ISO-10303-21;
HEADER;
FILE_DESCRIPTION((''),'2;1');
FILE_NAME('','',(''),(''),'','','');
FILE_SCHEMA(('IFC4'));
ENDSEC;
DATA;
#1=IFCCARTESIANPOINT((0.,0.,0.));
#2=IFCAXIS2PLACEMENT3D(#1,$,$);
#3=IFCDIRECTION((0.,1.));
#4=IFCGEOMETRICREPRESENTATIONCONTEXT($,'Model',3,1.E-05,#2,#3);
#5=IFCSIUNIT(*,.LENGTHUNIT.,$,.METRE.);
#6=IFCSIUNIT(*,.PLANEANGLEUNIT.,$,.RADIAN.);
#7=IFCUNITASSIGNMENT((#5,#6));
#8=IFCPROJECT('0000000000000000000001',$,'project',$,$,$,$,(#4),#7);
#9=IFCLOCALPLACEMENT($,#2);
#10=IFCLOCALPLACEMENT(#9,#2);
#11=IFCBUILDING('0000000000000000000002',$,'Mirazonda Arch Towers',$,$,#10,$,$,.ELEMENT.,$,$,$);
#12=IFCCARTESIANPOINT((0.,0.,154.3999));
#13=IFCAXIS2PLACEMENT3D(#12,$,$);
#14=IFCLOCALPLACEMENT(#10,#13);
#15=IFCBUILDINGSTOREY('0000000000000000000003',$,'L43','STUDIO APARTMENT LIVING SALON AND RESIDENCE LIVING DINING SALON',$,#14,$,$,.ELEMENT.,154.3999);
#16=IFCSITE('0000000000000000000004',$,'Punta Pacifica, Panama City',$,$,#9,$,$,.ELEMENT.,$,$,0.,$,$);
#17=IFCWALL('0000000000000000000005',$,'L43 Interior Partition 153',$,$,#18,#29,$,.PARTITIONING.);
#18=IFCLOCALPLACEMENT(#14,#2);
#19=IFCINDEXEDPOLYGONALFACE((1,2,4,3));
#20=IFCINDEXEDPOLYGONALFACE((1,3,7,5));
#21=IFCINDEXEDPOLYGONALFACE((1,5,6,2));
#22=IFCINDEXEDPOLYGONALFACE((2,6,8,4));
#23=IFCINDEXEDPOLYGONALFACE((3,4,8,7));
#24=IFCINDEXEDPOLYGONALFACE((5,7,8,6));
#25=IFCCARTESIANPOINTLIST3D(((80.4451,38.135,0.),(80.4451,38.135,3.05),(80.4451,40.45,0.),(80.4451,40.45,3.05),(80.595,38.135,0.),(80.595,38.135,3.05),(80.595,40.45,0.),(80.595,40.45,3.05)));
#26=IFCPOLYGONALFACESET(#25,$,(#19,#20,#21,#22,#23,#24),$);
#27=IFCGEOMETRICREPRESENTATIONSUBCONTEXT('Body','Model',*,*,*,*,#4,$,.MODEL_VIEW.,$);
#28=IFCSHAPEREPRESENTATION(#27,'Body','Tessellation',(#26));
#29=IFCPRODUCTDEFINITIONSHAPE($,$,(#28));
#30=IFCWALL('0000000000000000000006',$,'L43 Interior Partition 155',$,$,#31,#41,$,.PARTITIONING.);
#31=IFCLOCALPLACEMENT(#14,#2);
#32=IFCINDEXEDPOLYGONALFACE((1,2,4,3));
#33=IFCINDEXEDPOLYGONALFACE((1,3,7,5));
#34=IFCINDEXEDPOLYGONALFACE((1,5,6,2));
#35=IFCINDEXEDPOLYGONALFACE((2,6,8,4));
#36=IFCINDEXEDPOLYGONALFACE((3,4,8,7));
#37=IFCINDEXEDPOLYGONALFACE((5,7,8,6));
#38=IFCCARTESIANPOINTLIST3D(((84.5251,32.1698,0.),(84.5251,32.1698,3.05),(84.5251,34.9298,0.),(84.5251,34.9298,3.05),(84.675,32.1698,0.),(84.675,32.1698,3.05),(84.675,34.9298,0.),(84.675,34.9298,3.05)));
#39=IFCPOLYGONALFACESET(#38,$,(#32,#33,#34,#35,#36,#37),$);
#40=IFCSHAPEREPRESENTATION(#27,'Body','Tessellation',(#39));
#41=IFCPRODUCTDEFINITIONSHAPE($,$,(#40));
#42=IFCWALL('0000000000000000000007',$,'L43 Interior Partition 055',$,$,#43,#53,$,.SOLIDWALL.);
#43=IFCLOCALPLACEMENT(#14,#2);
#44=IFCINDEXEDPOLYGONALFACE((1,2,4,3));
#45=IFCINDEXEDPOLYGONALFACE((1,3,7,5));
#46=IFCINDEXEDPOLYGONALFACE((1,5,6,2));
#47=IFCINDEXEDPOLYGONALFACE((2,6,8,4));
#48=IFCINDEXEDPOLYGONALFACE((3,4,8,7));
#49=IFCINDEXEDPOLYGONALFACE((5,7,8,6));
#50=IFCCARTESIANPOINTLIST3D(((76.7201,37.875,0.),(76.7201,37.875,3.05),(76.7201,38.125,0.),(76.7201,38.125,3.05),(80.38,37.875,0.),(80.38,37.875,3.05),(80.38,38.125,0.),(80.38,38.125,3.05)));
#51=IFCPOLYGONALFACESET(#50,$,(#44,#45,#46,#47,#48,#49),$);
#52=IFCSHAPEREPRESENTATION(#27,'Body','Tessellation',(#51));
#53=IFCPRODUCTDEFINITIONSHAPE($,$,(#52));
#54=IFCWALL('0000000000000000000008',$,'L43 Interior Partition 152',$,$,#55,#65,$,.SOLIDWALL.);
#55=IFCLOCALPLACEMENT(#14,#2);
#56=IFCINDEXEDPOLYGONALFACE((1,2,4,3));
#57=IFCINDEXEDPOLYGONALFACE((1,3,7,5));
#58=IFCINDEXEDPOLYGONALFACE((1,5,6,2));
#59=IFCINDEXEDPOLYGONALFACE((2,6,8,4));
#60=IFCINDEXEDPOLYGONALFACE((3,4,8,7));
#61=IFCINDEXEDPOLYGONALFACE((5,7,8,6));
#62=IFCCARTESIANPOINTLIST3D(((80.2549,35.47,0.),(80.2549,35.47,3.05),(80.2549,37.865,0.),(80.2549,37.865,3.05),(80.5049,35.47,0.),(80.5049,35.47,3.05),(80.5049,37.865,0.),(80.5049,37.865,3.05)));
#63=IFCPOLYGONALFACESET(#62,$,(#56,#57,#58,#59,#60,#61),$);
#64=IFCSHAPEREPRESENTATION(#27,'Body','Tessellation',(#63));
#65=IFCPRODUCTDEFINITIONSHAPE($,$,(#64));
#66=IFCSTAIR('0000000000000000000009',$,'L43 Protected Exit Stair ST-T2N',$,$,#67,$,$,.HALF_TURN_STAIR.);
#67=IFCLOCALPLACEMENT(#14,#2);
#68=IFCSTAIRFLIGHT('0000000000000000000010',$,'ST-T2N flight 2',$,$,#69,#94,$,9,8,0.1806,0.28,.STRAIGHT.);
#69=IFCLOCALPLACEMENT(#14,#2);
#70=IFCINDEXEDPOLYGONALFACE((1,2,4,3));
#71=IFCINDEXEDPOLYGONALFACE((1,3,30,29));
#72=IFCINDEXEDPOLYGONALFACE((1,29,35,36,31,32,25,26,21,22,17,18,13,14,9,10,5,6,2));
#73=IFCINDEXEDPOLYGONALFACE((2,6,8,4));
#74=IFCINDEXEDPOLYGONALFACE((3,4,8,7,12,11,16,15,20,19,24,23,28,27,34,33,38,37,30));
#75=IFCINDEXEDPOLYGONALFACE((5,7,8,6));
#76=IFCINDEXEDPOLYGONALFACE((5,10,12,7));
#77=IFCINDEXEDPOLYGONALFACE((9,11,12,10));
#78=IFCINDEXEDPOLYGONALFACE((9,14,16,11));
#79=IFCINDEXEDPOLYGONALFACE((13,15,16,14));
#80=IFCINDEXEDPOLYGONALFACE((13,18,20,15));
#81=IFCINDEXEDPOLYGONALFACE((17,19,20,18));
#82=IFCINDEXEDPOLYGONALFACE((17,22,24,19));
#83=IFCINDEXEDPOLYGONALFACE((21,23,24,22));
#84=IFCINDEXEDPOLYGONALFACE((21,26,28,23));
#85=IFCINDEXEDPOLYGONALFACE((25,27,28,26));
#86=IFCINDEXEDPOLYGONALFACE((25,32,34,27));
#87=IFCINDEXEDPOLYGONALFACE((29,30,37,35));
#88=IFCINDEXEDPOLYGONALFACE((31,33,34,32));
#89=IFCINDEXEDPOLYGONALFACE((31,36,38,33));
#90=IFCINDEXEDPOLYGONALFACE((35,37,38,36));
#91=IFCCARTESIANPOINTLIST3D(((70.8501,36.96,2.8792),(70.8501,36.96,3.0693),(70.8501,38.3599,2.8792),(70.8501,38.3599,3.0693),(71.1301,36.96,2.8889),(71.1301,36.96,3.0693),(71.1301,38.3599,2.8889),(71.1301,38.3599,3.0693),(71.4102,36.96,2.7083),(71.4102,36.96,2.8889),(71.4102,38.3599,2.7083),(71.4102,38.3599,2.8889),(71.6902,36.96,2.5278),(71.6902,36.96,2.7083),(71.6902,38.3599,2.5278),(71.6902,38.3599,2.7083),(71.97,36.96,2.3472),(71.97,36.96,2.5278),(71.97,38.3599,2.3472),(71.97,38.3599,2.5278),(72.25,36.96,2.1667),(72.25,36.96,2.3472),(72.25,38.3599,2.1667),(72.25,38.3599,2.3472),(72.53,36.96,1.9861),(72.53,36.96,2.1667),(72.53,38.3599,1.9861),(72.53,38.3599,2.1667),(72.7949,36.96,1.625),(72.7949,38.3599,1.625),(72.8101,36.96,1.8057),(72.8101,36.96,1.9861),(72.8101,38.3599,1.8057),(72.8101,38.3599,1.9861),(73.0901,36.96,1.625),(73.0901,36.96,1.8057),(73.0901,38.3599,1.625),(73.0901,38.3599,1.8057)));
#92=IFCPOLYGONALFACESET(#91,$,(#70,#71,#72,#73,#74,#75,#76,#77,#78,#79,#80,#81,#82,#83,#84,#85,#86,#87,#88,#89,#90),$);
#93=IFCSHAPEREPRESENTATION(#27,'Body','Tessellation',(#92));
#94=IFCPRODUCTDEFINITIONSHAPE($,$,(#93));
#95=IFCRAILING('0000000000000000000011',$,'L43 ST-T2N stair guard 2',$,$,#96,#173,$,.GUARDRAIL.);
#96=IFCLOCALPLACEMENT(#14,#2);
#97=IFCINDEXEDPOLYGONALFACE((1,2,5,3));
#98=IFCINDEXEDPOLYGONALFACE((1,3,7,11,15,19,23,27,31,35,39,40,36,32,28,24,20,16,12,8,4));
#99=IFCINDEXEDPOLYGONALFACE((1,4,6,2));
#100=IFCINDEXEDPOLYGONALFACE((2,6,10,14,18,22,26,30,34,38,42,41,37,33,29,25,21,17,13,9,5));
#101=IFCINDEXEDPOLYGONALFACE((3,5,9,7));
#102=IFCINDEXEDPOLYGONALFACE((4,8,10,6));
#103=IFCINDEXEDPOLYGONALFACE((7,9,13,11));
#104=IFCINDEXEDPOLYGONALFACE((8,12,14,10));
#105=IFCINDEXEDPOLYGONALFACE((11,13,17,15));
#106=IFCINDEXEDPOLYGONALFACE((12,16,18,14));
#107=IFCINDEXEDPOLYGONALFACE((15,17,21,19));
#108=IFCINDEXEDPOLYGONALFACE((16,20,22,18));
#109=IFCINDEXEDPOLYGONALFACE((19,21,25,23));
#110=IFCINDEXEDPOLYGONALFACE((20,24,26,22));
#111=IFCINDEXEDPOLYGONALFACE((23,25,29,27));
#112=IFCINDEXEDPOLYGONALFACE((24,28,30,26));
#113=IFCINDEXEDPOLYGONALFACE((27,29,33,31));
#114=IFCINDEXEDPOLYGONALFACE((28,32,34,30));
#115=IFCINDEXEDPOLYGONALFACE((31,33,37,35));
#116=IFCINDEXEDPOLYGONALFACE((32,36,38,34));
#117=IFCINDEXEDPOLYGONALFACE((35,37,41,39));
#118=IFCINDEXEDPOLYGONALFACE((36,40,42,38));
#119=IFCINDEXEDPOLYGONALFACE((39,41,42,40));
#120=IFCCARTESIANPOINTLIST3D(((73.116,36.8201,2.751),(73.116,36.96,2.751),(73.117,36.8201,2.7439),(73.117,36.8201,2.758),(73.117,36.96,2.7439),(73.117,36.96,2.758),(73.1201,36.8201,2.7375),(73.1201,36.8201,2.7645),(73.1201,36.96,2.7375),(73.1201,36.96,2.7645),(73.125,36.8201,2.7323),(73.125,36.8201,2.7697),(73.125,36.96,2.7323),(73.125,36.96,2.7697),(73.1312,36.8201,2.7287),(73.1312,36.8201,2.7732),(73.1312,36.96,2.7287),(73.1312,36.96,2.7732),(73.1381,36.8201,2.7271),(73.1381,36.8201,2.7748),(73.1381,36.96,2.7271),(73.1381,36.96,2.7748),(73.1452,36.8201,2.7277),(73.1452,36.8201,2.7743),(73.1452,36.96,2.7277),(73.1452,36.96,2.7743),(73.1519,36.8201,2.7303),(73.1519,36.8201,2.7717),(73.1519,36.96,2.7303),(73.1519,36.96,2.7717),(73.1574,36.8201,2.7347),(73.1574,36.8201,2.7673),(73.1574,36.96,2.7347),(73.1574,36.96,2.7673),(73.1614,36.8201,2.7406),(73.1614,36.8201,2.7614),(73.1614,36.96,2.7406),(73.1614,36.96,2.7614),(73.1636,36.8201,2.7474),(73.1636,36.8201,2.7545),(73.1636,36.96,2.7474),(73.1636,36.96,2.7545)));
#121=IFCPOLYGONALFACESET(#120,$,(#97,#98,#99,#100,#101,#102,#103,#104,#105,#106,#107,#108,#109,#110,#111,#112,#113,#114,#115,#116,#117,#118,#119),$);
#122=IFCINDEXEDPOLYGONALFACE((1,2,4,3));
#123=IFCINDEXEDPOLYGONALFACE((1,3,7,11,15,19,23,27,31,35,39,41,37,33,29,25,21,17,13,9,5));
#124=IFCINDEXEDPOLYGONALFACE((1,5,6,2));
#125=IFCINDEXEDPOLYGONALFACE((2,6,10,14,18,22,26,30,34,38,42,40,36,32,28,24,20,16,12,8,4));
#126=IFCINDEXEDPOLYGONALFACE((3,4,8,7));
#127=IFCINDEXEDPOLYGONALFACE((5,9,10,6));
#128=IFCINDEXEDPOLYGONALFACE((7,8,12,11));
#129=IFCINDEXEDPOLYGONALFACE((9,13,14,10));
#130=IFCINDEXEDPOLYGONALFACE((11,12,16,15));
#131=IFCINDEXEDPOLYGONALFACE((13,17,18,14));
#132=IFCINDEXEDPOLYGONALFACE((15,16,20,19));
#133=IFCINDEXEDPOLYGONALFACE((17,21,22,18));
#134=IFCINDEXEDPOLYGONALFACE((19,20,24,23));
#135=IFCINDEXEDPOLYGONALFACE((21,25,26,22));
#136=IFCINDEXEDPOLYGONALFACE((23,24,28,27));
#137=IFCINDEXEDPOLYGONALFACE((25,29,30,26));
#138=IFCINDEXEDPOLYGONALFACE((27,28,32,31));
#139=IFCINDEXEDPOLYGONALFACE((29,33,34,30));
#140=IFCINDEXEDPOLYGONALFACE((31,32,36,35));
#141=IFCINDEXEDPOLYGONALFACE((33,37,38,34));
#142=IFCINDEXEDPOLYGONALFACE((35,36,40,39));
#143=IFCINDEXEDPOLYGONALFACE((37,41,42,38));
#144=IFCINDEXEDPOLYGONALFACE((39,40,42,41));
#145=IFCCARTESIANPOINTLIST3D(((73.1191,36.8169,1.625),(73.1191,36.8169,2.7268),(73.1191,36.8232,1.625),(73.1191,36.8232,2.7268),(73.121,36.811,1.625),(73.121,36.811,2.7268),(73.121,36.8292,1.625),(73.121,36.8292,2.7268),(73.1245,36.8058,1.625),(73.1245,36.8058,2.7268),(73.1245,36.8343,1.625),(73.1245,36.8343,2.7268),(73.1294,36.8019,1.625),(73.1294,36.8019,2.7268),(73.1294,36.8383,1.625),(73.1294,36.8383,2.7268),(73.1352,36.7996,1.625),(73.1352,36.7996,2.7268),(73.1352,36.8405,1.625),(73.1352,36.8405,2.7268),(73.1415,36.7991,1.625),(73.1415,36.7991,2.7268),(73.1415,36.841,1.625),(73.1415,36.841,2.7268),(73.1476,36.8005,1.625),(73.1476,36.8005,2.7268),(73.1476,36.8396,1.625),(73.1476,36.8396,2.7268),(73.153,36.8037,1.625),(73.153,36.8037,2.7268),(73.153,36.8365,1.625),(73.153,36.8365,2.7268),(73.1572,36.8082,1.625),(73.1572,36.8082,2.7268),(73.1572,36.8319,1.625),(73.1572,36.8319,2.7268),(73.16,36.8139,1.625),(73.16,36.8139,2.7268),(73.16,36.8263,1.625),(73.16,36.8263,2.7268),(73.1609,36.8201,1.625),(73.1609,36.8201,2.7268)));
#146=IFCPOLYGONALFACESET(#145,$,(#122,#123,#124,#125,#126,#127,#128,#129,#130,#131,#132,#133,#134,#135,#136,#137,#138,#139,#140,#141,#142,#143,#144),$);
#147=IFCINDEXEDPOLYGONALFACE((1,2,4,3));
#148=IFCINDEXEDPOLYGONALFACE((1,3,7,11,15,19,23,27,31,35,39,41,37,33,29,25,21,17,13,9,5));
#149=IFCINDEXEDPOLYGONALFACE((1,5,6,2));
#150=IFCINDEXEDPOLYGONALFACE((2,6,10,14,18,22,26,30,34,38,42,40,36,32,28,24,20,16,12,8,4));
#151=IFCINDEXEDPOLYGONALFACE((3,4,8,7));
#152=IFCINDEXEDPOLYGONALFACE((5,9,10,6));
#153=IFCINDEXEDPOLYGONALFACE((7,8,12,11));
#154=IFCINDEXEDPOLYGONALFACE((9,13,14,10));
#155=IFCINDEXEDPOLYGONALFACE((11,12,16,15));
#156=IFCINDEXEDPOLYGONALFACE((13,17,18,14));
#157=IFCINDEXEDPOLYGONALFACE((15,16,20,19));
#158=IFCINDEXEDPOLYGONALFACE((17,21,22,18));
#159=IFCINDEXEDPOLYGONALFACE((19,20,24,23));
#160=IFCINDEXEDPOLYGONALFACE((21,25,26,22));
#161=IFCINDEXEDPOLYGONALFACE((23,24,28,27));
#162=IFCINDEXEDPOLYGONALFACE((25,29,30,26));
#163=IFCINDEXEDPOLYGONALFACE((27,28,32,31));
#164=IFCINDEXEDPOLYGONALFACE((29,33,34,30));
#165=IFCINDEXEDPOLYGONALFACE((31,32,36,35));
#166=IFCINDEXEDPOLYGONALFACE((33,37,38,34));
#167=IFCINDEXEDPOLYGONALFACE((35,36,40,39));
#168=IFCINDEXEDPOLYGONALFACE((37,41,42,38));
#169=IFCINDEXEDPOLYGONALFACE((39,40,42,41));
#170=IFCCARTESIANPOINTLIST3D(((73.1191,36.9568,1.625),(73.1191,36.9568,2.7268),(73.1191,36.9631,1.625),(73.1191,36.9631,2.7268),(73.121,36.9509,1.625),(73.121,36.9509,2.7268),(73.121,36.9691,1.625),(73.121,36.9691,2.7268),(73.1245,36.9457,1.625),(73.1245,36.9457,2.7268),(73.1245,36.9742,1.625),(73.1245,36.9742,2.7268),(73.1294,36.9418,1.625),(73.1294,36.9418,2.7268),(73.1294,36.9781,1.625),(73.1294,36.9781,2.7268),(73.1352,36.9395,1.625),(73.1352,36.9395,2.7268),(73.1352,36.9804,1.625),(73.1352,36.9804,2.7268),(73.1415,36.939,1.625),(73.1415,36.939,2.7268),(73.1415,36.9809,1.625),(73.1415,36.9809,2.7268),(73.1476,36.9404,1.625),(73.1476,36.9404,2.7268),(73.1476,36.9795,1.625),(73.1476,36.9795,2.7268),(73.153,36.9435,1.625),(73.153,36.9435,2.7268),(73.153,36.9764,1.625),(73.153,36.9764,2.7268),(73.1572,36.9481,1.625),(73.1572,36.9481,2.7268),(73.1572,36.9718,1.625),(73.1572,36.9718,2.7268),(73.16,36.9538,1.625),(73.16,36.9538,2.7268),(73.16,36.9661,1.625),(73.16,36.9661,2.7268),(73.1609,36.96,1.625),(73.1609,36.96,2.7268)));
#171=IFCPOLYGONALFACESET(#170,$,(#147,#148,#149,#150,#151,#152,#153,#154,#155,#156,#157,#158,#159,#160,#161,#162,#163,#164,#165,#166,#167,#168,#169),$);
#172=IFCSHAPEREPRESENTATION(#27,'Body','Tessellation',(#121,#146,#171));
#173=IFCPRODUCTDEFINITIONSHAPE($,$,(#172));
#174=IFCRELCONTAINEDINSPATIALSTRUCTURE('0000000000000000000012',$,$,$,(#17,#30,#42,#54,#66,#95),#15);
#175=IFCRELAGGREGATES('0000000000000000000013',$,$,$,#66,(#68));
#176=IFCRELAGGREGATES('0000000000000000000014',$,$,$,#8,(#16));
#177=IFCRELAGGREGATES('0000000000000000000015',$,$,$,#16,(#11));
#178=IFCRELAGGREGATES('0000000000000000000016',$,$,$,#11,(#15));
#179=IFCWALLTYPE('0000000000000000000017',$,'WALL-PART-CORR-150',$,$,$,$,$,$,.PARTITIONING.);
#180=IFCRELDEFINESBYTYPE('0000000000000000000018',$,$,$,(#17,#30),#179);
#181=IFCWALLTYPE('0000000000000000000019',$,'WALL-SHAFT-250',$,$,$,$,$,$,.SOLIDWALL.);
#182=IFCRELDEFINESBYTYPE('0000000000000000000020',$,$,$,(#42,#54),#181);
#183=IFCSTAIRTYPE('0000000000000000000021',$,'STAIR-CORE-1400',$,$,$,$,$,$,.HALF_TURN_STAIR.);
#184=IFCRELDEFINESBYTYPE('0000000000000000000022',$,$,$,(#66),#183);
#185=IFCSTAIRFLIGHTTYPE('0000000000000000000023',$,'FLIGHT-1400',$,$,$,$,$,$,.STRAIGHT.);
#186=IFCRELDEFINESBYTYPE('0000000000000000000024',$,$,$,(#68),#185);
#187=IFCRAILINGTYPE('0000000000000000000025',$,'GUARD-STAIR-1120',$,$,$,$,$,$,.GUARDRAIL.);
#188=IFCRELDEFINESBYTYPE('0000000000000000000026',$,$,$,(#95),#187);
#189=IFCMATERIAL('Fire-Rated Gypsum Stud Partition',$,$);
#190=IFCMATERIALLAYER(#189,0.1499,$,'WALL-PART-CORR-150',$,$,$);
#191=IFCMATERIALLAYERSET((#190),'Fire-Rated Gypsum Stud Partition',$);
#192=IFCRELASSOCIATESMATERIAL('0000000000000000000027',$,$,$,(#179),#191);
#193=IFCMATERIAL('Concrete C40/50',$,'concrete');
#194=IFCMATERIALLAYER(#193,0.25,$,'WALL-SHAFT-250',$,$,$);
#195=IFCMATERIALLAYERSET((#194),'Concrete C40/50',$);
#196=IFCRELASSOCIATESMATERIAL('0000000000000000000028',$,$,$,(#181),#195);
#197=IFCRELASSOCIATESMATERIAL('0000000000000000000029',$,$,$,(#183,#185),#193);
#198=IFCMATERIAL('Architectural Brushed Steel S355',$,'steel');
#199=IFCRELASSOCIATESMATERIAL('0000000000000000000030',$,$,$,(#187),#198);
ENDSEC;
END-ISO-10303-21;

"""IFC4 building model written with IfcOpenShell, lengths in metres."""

from ifc_helpers import new_model, si_unit, direction, frame, frame_2d, origin, origin_2d, place, context, subcontext, project, spatial, polyline, rectangle, circle, outline, extrude, material, layer, layer_set, type_object, element, aggregate, save


model = new_model("IFC4")

# Units and contexts
model_context = context("Model", 3, precision=1e-05, world=origin(), true_north=direction((0.0, 1.0)))
body_context = subcontext(model_context, "Body", "Model", "MODEL_VIEW")
ifc_project = project(units=[si_unit("LENGTHUNIT", "METRE"), si_unit("PLANEANGLEUNIT", "RADIAN")], contexts=[model_context])

# Site, building, storey
site_placement = place(None, origin())
site = spatial("IfcSite", under=ifc_project, at=site_placement, Name="Punta Pacifica, Panama City", CompositionType="ELEMENT", RefElevation=0.0)
building_placement = place(site_placement, origin())
building = spatial("IfcBuilding", under=site, at=building_placement, Name="Mirazonda Arch Towers", CompositionType="ELEMENT")
storey_placement = place(building_placement, frame((0.0, 0.0, 154.3999)))
storey = spatial("IfcBuildingStorey", under=building, at=storey_placement, Name="L43", Description="STUDIO APARTMENT LIVING SALON AND RESIDENCE LIVING DINING SALON", CompositionType="ELEMENT", Elevation=154.3999)

# Shared definitions
ifc_material_1 = material(Name="Concrete C40/50", Category="concrete")
ifc_material_2 = material(Name="Architectural Brushed Steel S355", Category="steel")

# Walls
ifc_material_3 = material(Name="Fire-Rated Gypsum Stud Partition")
ifc_layer_1 = layer(ifc_material_3, 0.1499, Name="WALL-PART-CORR-150")
ifc_layer_set_1 = layer_set([ifc_layer_1], Name="Fire-Rated Gypsum Stud Partition")
wall_type_1 = type_object("IfcWallType", Name="WALL-PART-CORR-150", PredefinedType="PARTITIONING", material=ifc_layer_set_1)
wall_1_placement = place(storey_placement, frame((80.52, 38.135, 0.0), z_axis=(0.0, 0.0, 1.0), x_axis=(0.0, 1.0, 0.0)))
element("IfcWall", 1, at=wall_1_placement, inside=storey, type_object=wall_type_1, Name="L43 Interior Partition 153", PredefinedType="PARTITIONING", context=body_context, shape_type="SweptSolid", body=[
    extrude(rectangle(XDim=2.3149, YDim=0.1499, at=frame_2d((1.1575, 0.0))), origin(), (0.0, 0.0, 1.0), 3.05),
])
wall_2_placement = place(storey_placement, frame((84.6001, 32.1699, 0.0), z_axis=(0.0, 0.0, 1.0), x_axis=(0.0, 1.0, 0.0)))
element("IfcWall", 2, at=wall_2_placement, inside=storey, type_object=wall_type_1, Name="L43 Interior Partition 155", PredefinedType="PARTITIONING", context=body_context, shape_type="SweptSolid", body=[
    extrude(rectangle(XDim=2.76, YDim=0.1499, at=frame_2d((1.3799, 0.0))), origin(), (0.0, 0.0, 1.0), 3.05),
])
ifc_layer_2 = layer(ifc_material_1, 0.25, Name="WALL-SHAFT-250")
ifc_layer_set_2 = layer_set([ifc_layer_2], Name="Concrete C40/50")
wall_type_2 = type_object("IfcWallType", Name="WALL-SHAFT-250", PredefinedType="SOLIDWALL", material=ifc_layer_set_2)
wall_3_placement = place(storey_placement, frame((76.72, 38.0, 0.0), z_axis=(0.0, 0.0, 1.0), x_axis=(1.0, 0.0, 0.0)))
element("IfcWall", 3, at=wall_3_placement, inside=storey, type_object=wall_type_2, Name="L43 Interior Partition 055", PredefinedType="SOLIDWALL", context=body_context, shape_type="SweptSolid", body=[
    extrude(rectangle(XDim=3.6599, YDim=0.25, at=frame_2d((1.8301, 0.0))), origin(), (0.0, 0.0, 1.0), 3.05),
])
wall_4_placement = place(storey_placement, frame((80.3799, 35.47, 0.0), z_axis=(0.0, 0.0, 1.0), x_axis=(0.0, 1.0, 0.0)))
element("IfcWall", 4, at=wall_4_placement, inside=storey, type_object=wall_type_2, Name="L43 Interior Partition 152", PredefinedType="SOLIDWALL", context=body_context, shape_type="SweptSolid", body=[
    extrude(rectangle(XDim=2.395, YDim=0.25, at=frame_2d((1.1975, 0.0))), origin(), (0.0, 0.0, 1.0), 3.05),
])

# Stair, stair flight
stair_type = type_object("IfcStairType", Name="STAIR-CORE-1400", PredefinedType="HALF_TURN_STAIR", material=ifc_material_1)
stair_placement = place(storey_placement, origin())
stair = element("IfcStair", 5, at=stair_placement, inside=storey, type_object=stair_type, Name="L43 Protected Exit Stair ST-T2N", PredefinedType="HALF_TURN_STAIR")
stair_flight_type = type_object("IfcStairFlightType", Name="FLIGHT-1400", PredefinedType="STRAIGHT", material=ifc_material_1)
stair_flight_placement = place(storey_placement, frame((73.0901, 37.6599, 1.625), z_axis=(0.0, 0.0, 1.0), x_axis=(-1.0, 0.0, 0.0)))
stair_flight = element("IfcStairFlight", 6, at=stair_flight_placement, type_object=stair_flight_type, Name="ST-T2N flight 2", NumberOfRisers=9, NumberOfTreads=8, PredefinedType="STRAIGHT", RiserHeight=0.1806, TreadLength=0.28, context=body_context, shape_type="SweptSolid", body=[
    extrude(outline(polyline([(0.0, 0.0), (0.0, 0.1807), (0.28, 0.1807), (0.28, 0.3611), (0.5601, 0.3611), (0.5601, 0.5417), (0.8401, 0.5417), (0.8401, 0.7222), (1.1201, 0.7222), (1.1201, 0.9028), (1.3999, 0.9028), (1.3999, 1.0833), (1.6799, 1.0833), (1.6799, 1.2639), (1.96, 1.2639), (1.96, 1.4443), (2.24, 1.4443), (2.24, 1.625), (2.24, 1.2542), (0.2952, 0.0), (0.0, 0.0)])), frame((0.0, 0.7, 0.0), z_axis=(0.0, -1.0, 0.0), x_axis=(1.0, 0.0, 0.0)), (0.0, 0.0, 1.0), 1.3999),
])
aggregate(stair, [stair_flight])

# Railing
railing_type_1 = type_object("IfcRailingType", Name="GUARD-STAIR-1120", PredefinedType="GUARDRAIL", material=ifc_material_2)
railing_1_placement = place(storey_placement, frame((73.1399, 36.8201, 1.625)))
element("IfcRailing", 7, at=railing_1_placement, inside=storey, type_object=railing_type_1, Name="L43 ST-T2N stair guard 2", PredefinedType="GUARDRAIL", context=body_context, shape_type="SweptSolid", body=[
    extrude(circle(Radius=0.0239, at=origin_2d()), frame((0.0, 0.0, 1.126), z_axis=(0.0, 1.0, 0.0), x_axis=(-1.0, 0.0, 0.0)), (0.0, 0.0, 1.0), 0.1399),
    extrude(circle(Radius=0.021, at=origin_2d()), origin(), (0.0, 0.0, 1.0), 1.1018),
    extrude(circle(Radius=0.021, at=origin_2d()), frame((0.0, 0.1399, 0.0)), (0.0, 0.0, 1.0), 1.1018),
])

save(model, "model.ifc")
